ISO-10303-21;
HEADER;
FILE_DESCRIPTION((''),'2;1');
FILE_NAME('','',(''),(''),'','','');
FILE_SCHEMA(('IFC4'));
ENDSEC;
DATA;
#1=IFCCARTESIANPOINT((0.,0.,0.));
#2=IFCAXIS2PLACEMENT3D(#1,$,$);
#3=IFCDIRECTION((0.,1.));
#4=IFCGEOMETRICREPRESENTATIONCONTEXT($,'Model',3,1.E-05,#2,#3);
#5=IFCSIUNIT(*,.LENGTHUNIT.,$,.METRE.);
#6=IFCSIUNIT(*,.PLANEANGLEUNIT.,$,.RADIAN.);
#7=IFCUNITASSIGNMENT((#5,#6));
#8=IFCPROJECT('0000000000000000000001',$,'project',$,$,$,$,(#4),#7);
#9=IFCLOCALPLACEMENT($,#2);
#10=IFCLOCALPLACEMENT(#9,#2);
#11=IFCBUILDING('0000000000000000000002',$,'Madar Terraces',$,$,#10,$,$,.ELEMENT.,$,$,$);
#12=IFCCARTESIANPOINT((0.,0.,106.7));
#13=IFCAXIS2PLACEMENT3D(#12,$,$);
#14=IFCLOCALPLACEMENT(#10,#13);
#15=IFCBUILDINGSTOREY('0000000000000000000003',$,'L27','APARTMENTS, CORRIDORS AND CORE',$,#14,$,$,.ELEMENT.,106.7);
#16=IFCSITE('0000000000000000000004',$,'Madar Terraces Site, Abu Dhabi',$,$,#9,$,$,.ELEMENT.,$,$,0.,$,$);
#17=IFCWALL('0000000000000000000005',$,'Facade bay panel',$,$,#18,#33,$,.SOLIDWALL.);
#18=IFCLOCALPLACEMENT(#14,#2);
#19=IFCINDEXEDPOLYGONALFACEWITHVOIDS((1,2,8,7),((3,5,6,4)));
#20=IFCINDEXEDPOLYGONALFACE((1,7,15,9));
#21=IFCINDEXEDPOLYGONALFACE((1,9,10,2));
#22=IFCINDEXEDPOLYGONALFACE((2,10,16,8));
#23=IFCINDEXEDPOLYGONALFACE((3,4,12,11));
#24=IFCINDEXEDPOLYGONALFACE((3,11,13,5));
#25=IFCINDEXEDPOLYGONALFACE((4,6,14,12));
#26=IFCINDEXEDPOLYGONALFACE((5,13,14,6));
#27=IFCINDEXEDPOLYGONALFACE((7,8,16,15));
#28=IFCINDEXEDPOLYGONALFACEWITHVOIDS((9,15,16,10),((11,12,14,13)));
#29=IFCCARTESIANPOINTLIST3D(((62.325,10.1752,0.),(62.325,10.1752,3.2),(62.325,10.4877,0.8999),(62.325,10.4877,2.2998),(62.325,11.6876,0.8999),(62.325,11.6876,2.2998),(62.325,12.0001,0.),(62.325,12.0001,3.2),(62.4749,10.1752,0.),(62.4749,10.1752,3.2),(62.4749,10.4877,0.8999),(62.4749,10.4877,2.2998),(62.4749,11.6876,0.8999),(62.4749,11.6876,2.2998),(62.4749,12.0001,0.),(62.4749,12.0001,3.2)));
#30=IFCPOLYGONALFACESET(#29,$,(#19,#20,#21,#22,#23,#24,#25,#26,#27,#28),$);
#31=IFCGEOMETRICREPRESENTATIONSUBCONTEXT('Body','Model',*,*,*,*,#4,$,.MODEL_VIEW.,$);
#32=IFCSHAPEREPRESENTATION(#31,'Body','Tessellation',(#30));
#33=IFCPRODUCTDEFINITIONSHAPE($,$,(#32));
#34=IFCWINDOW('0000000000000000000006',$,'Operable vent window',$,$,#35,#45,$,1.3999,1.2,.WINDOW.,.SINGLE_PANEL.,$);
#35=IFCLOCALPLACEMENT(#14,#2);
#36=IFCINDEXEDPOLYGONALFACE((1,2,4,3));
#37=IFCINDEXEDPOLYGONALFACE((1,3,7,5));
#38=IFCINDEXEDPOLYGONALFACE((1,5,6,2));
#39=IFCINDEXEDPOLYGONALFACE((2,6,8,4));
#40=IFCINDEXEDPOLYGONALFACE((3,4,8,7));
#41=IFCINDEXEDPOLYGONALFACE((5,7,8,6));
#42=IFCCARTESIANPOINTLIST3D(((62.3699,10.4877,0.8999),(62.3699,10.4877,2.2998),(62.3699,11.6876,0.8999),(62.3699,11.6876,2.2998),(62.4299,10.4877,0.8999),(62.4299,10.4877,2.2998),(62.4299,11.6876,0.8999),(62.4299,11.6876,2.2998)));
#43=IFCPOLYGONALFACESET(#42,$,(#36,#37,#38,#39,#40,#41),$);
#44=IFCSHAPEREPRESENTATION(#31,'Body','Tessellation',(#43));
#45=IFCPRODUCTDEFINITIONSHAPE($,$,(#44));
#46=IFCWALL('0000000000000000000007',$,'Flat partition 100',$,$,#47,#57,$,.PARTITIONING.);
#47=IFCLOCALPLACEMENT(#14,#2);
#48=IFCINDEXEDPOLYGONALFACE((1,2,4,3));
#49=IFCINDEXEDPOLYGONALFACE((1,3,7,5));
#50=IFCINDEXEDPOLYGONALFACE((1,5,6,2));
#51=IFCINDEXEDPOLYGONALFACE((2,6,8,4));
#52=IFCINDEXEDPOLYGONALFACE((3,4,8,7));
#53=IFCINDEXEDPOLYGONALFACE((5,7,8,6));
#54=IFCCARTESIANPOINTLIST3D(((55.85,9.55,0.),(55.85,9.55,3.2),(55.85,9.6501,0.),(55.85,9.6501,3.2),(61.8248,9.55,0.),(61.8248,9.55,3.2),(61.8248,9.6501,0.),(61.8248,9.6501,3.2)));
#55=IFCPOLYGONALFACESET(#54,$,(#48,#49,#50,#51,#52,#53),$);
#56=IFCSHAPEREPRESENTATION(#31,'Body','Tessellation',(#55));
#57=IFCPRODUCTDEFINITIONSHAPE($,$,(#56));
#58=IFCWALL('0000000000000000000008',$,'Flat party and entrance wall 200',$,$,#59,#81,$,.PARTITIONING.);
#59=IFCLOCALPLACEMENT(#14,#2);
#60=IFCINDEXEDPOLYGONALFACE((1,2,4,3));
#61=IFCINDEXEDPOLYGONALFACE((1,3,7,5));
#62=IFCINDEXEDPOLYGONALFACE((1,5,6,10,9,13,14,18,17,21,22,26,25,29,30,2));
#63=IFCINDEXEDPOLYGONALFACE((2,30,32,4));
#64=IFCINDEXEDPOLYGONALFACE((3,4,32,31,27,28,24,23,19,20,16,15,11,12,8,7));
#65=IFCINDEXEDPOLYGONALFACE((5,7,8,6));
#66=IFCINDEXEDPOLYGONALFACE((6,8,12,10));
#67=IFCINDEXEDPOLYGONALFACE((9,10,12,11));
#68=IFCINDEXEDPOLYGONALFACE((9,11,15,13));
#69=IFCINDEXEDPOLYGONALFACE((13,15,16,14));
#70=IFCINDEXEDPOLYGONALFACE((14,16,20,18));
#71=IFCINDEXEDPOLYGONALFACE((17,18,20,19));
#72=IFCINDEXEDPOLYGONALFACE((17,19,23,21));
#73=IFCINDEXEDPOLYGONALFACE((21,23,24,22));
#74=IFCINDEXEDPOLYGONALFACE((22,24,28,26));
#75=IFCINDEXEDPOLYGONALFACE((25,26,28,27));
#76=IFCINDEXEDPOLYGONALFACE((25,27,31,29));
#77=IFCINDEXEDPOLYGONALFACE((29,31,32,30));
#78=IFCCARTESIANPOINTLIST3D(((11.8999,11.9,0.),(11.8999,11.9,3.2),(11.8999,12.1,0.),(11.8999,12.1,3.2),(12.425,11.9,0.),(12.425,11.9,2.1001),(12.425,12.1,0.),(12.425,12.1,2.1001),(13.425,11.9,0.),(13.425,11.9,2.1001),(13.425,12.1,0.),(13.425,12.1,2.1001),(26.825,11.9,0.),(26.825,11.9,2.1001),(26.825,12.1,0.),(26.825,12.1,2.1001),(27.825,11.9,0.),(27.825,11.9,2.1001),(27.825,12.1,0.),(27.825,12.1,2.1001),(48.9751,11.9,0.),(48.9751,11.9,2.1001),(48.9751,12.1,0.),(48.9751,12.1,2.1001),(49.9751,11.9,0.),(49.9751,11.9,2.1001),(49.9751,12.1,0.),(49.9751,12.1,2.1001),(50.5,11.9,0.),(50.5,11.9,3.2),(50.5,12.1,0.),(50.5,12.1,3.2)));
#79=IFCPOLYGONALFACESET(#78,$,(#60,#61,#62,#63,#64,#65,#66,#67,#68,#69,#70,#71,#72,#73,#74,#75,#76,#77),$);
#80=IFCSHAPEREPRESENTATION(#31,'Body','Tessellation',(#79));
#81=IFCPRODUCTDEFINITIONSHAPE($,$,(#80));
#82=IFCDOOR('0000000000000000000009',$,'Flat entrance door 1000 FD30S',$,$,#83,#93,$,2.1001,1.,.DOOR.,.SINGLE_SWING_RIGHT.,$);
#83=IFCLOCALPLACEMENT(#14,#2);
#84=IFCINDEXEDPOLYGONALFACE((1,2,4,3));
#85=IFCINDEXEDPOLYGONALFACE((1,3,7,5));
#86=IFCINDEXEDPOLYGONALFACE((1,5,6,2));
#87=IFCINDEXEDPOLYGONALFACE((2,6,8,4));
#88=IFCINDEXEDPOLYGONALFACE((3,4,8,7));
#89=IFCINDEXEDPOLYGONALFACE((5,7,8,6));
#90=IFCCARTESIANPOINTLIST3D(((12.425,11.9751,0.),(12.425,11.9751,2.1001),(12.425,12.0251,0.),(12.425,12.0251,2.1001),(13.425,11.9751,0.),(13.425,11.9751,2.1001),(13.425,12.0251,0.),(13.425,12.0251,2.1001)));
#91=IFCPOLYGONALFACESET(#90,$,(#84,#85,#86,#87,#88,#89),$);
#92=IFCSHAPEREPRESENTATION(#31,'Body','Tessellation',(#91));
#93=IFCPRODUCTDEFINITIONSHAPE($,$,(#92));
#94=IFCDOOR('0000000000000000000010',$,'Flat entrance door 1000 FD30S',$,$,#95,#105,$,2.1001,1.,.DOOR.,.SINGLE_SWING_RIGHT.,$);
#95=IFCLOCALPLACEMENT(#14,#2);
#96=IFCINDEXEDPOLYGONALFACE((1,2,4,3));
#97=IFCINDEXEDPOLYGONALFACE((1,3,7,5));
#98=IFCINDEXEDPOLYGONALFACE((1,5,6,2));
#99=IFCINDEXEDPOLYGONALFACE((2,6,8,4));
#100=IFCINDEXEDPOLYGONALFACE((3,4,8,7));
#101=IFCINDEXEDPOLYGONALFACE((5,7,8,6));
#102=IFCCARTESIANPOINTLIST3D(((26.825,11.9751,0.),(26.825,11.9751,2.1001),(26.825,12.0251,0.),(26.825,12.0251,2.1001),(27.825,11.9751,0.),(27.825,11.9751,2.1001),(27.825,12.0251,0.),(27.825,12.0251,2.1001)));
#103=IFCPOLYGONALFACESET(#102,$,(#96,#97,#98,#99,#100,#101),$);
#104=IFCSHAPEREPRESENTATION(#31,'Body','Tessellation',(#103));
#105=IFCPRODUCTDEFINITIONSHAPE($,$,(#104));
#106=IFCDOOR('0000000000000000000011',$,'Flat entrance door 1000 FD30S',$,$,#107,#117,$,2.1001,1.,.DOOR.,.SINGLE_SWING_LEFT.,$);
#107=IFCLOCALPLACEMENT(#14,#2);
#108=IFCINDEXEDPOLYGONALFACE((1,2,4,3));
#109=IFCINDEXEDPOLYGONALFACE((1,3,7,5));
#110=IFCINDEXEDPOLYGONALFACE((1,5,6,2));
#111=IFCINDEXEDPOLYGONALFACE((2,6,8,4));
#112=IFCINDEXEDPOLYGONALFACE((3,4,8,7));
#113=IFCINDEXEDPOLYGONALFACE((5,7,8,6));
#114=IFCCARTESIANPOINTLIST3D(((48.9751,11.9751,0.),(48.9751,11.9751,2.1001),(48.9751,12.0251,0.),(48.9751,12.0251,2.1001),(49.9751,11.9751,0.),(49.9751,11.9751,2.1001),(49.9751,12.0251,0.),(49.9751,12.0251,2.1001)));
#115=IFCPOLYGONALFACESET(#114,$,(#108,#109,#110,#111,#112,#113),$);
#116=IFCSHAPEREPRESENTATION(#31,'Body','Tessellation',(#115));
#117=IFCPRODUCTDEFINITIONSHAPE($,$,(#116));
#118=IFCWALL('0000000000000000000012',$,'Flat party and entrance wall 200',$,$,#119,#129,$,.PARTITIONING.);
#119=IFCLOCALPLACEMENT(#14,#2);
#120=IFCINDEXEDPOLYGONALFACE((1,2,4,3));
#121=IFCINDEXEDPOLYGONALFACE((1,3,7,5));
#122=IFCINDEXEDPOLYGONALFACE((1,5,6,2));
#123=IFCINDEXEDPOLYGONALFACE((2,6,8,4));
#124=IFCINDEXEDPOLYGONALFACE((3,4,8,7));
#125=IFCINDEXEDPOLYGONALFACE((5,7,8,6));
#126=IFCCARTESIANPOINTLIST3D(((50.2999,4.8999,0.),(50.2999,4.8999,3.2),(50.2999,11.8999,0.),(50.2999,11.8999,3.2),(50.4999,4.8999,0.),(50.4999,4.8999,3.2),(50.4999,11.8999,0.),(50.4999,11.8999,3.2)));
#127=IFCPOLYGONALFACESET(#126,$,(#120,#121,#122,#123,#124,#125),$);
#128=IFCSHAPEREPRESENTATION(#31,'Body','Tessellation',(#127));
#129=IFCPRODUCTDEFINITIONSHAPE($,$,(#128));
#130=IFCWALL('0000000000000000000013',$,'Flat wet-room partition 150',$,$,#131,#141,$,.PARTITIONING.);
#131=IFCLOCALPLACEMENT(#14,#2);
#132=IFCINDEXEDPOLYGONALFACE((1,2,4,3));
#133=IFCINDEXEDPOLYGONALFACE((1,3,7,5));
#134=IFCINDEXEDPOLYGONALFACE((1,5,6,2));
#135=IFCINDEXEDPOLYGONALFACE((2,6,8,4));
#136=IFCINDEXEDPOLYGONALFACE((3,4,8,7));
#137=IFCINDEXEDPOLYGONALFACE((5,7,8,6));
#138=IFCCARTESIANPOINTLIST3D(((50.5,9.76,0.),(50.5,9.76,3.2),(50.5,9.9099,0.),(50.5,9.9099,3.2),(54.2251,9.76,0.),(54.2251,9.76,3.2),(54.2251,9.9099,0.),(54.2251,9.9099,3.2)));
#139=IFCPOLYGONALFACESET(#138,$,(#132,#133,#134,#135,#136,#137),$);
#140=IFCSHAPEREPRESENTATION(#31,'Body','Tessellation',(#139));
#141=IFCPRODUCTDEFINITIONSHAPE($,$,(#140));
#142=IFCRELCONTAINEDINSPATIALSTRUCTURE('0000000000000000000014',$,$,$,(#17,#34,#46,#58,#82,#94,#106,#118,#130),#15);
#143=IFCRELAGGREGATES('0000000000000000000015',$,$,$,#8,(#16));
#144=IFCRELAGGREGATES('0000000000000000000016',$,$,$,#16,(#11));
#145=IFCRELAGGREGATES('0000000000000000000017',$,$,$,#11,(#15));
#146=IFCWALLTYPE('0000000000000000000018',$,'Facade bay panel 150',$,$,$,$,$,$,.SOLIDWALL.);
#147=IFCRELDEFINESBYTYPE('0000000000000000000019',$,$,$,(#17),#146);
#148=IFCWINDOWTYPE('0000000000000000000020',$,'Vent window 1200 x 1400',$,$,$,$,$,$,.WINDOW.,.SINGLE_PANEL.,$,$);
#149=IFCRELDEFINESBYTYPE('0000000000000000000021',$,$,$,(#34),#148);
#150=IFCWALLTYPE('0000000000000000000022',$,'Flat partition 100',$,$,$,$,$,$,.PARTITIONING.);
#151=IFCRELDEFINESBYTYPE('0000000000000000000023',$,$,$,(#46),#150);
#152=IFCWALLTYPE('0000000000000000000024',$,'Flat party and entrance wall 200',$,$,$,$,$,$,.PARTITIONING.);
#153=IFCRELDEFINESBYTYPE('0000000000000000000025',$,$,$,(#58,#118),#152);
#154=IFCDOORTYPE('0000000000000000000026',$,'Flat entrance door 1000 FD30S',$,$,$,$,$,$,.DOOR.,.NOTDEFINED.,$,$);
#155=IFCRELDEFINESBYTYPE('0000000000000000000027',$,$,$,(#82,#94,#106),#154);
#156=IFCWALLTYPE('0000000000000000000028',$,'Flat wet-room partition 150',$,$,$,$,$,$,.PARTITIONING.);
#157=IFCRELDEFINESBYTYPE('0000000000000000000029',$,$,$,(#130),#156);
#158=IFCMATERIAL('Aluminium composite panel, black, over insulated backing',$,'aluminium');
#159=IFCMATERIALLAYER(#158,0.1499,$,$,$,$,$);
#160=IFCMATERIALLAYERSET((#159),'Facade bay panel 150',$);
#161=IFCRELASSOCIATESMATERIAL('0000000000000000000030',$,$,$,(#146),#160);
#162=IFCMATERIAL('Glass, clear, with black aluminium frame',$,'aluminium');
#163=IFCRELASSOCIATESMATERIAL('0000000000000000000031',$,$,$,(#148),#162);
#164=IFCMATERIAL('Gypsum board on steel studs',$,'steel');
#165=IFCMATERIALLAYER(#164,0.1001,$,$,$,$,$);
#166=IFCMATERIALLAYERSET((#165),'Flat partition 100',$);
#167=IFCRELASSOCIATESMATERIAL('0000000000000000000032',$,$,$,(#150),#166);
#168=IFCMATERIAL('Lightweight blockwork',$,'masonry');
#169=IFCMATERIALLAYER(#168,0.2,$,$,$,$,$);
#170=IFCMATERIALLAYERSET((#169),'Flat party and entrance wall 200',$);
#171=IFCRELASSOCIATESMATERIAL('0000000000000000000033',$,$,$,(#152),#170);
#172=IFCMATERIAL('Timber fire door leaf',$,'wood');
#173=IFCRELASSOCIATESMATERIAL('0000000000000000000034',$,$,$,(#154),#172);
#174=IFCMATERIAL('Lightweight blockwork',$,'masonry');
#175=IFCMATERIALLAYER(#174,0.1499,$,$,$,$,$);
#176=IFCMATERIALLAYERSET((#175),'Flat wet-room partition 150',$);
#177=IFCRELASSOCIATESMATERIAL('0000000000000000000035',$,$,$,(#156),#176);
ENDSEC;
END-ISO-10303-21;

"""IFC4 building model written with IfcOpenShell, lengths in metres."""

from ifc_helpers import new_model, si_unit, direction, frame, frame_2d, origin, place, context, subcontext, project, spatial, rectangle, extrude, material, layer, layer_set, type_object, element, fill, save


model = new_model("IFC4")

# Units and contexts
model_context = context("Model", 3, precision=1e-05, world=origin(), true_north=direction((0.0, 1.0)))
body_context = subcontext(model_context, "Body", "Model", "MODEL_VIEW")
ifc_project = project(units=[si_unit("LENGTHUNIT", "METRE"), si_unit("PLANEANGLEUNIT", "RADIAN")], contexts=[model_context])

# Site, building, storey
site_placement = place(None, origin())
site = spatial("IfcSite", under=ifc_project, at=site_placement, Name="Madar Terraces Site, Abu Dhabi", CompositionType="ELEMENT", RefElevation=0.0)
building_placement = place(site_placement, origin())
building = spatial("IfcBuilding", under=site, at=building_placement, Name="Madar Terraces", CompositionType="ELEMENT")
storey_placement = place(building_placement, frame((0.0, 0.0, 106.7)))
storey = spatial("IfcBuildingStorey", under=building, at=storey_placement, Name="L27", Description="APARTMENTS, CORRIDORS AND CORE", CompositionType="ELEMENT", Elevation=106.7)

# Wall, opening, window
ifc_material_1 = material(Name="Aluminium composite panel, black, over insulated backing", Category="aluminium")
ifc_layer_1 = layer(ifc_material_1, 0.1499)
ifc_layer_set_1 = layer_set([ifc_layer_1], Name="Facade bay panel 150")
wall_type_1 = type_object("IfcWallType", Name="Facade bay panel 150", PredefinedType="SOLIDWALL", material=ifc_layer_set_1)
wall_1_placement = place(storey_placement, frame((62.3999, 10.175, 0.0), z_axis=(0.0, 0.0, 1.0), x_axis=(0.0, 1.0, 0.0)))
wall_1 = element("IfcWall", 1, at=wall_1_placement, inside=storey, type_object=wall_type_1, Name="Facade bay panel", PredefinedType="SOLIDWALL", context=body_context, shape_type="SweptSolid", body=[
    extrude(rectangle(XDim=1.825, YDim=0.1499, at=frame_2d((0.9126, 0.0))), origin(), (0.0, 0.0, 1.0), 3.2),
])
opening_1_placement = place(wall_1_placement, frame((0.3125, 0.0, 0.8999)))
opening_1 = element("IfcOpeningElement", 2, at=opening_1_placement, cuts=wall_1, PredefinedType="OPENING", context=body_context, shape_type="SweptSolid", body=[
    extrude(rectangle(XDim=1.2, YDim=1.3999, at=frame_2d((0.6001, 0.7))), frame((0.0, 0.085, 0.0), z_axis=(0.0, -1.0, 0.0), x_axis=(1.0, 0.0, 0.0)), (0.0, 0.0, 1.0), 0.1699),
])
ifc_material_2 = material(Name="Glass, clear, with black aluminium frame", Category="aluminium")
window_type = type_object("IfcWindowType", Name="Vent window 1200 x 1400", PartitioningType="SINGLE_PANEL", PredefinedType="WINDOW", material=ifc_material_2)
window_placement = place(opening_1_placement, origin())
window = element("IfcWindow", 3, at=window_placement, inside=storey, type_object=window_type, Name="Operable vent window", OverallHeight=1.3999, OverallWidth=1.2, PartitioningType="SINGLE_PANEL", PredefinedType="WINDOW", context=body_context, shape_type="SweptSolid", body=[
    extrude(rectangle(XDim=1.2, YDim=1.3999, at=frame_2d((0.6001, 0.7))), frame((0.0, 0.03, 0.0), z_axis=(0.0, -1.0, 0.0), x_axis=(1.0, 0.0, 0.0)), (0.0, 0.0, 1.0), 0.0601),
])
fill(opening_1, window)

# Wall
ifc_material_3 = material(Name="Gypsum board on steel studs", Category="steel")
ifc_layer_2 = layer(ifc_material_3, 0.1001)
ifc_layer_set_2 = layer_set([ifc_layer_2], Name="Flat partition 100")
wall_type_2 = type_object("IfcWallType", Name="Flat partition 100", PredefinedType="PARTITIONING", material=ifc_layer_set_2)
wall_2_placement = place(storey_placement, frame((55.8501, 9.6001, 0.0), z_axis=(0.0, 0.0, 1.0), x_axis=(1.0, 0.0, 0.0)))
element("IfcWall", 4, at=wall_2_placement, inside=storey, type_object=wall_type_2, Name="Flat partition 100", PredefinedType="PARTITIONING", context=body_context, shape_type="SweptSolid", body=[
    extrude(rectangle(XDim=5.9749, YDim=0.1001, at=frame_2d((2.9873, 0.0))), origin(), (0.0, 0.0, 1.0), 3.2),
])

# Wall, openings, doors
ifc_material_4 = material(Name="Lightweight blockwork", Category="masonry")
ifc_layer_3 = layer(ifc_material_4, 0.2)
ifc_layer_set_3 = layer_set([ifc_layer_3], Name="Flat party and entrance wall 200")
wall_type_3 = type_object("IfcWallType", Name="Flat party and entrance wall 200", PredefinedType="PARTITIONING", material=ifc_layer_set_3)
wall_3_placement = place(storey_placement, frame((50.5, 12.0, 0.0), z_axis=(0.0, 0.0, 1.0), x_axis=(-1.0, 0.0, 0.0)))
wall_3 = element("IfcWall", 5, at=wall_3_placement, inside=storey, type_object=wall_type_3, Name="Flat party and entrance wall 200", PredefinedType="PARTITIONING", context=body_context, shape_type="SweptSolid", body=[
    extrude(rectangle(XDim=38.6001, YDim=0.2, at=frame_2d((19.3, 0.0))), origin(), (0.0, 0.0, 1.0), 3.2),
])
opening_2_placement = place(wall_3_placement, frame((37.075, 0.0, 0.0)))
opening_2 = element("IfcOpeningElement", 6, at=opening_2_placement, cuts=wall_3, PredefinedType="OPENING", context=body_context, shape_type="SweptSolid", body=[
    extrude(rectangle(XDim=1.0, YDim=2.1001, at=frame_2d((0.5, 1.05))), frame((0.0, 0.1099, 0.0), z_axis=(0.0, -1.0, 0.0), x_axis=(1.0, 0.0, 0.0)), (0.0, 0.0, 1.0), 0.22),
])
opening_3_placement = place(wall_3_placement, frame((22.675, 0.0, 0.0)))
opening_3 = element("IfcOpeningElement", 7, at=opening_3_placement, cuts=wall_3, PredefinedType="OPENING", context=body_context, shape_type="SweptSolid", body=[
    extrude(rectangle(XDim=1.0, YDim=2.1001, at=frame_2d((0.5, 1.05))), frame((0.0, 0.1099, 0.0), z_axis=(0.0, -1.0, 0.0), x_axis=(1.0, 0.0, 0.0)), (0.0, 0.0, 1.0), 0.22),
])
opening_4_placement = place(wall_3_placement, frame((0.5249, 0.0, 0.0)))
opening_4 = element("IfcOpeningElement", 8, at=opening_4_placement, cuts=wall_3, PredefinedType="OPENING", context=body_context, shape_type="SweptSolid", body=[
    extrude(rectangle(XDim=1.0, YDim=2.1001, at=frame_2d((0.5, 1.05))), frame((0.0, 0.1099, 0.0), z_axis=(0.0, -1.0, 0.0), x_axis=(1.0, 0.0, 0.0)), (0.0, 0.0, 1.0), 0.22),
])
ifc_material_5 = material(Name="Timber fire door leaf", Category="wood")
door_type_1 = type_object("IfcDoorType", Name="Flat entrance door 1000 FD30S", OperationType="NOTDEFINED", PredefinedType="DOOR", material=ifc_material_5)
door_1_placement = place(opening_2_placement, origin())
door_1 = element("IfcDoor", 9, at=door_1_placement, inside=storey, type_object=door_type_1, Name="Flat entrance door 1000 FD30S", OperationType="SINGLE_SWING_RIGHT", OverallHeight=2.1001, OverallWidth=1.0, PredefinedType="DOOR", context=body_context, shape_type="SweptSolid", body=[
    extrude(rectangle(XDim=1.0, YDim=2.1001, at=frame_2d((0.5, 1.05))), frame((0.0, 0.0249, 0.0), z_axis=(0.0, -1.0, 0.0), x_axis=(1.0, 0.0, 0.0)), (0.0, 0.0, 1.0), 0.05),
])
fill(opening_2, door_1)
door_2_placement = place(opening_3_placement, origin())
door_2 = element("IfcDoor", 10, at=door_2_placement, inside=storey, type_object=door_type_1, Name="Flat entrance door 1000 FD30S", OperationType="SINGLE_SWING_RIGHT", OverallHeight=2.1001, OverallWidth=1.0, PredefinedType="DOOR", context=body_context, shape_type="SweptSolid", body=[
    extrude(rectangle(XDim=1.0, YDim=2.1001, at=frame_2d((0.5, 1.05))), frame((0.0, 0.0249, 0.0), z_axis=(0.0, -1.0, 0.0), x_axis=(1.0, 0.0, 0.0)), (0.0, 0.0, 1.0), 0.05),
])
fill(opening_3, door_2)
door_3_placement = place(opening_4_placement, origin())
door_3 = element("IfcDoor", 11, at=door_3_placement, inside=storey, type_object=door_type_1, Name="Flat entrance door 1000 FD30S", OperationType="SINGLE_SWING_LEFT", OverallHeight=2.1001, OverallWidth=1.0, PredefinedType="DOOR", context=body_context, shape_type="SweptSolid", body=[
    extrude(rectangle(XDim=1.0, YDim=2.1001, at=frame_2d((0.5, 1.05))), frame((0.0, 0.0249, 0.0), z_axis=(0.0, -1.0, 0.0), x_axis=(1.0, 0.0, 0.0)), (0.0, 0.0, 1.0), 0.05),
])
fill(opening_4, door_3)

# Walls
wall_4_placement = place(storey_placement, frame((50.3999, 11.8999, 0.0), z_axis=(0.0, 0.0, 1.0), x_axis=(0.0, -1.0, 0.0)))
element("IfcWall", 12, at=wall_4_placement, inside=storey, type_object=wall_type_3, Name="Flat party and entrance wall 200", PredefinedType="PARTITIONING", context=body_context, shape_type="SweptSolid", body=[
    extrude(rectangle(XDim=7.0, YDim=0.2, at=frame_2d((3.5, 0.0))), origin(), (0.0, 0.0, 1.0), 3.2),
])
ifc_material_6 = material(Name="Lightweight blockwork", Category="masonry")
ifc_layer_4 = layer(ifc_material_6, 0.1499)
ifc_layer_set_4 = layer_set([ifc_layer_4], Name="Flat wet-room partition 150")
wall_type_4 = type_object("IfcWallType", Name="Flat wet-room partition 150", PredefinedType="PARTITIONING", material=ifc_layer_set_4)
wall_5_placement = place(storey_placement, frame((50.5, 9.835, 0.0), z_axis=(0.0, 0.0, 1.0), x_axis=(1.0, 0.0, 0.0)))
element("IfcWall", 13, at=wall_5_placement, inside=storey, type_object=wall_type_4, Name="Flat wet-room partition 150", PredefinedType="PARTITIONING", context=body_context, shape_type="SweptSolid", body=[
    extrude(rectangle(XDim=3.7251, YDim=0.1499, at=frame_2d((1.8625, 0.0))), origin(), (0.0, 0.0, 1.0), 3.2),
])

save(model, "model.ifc")
